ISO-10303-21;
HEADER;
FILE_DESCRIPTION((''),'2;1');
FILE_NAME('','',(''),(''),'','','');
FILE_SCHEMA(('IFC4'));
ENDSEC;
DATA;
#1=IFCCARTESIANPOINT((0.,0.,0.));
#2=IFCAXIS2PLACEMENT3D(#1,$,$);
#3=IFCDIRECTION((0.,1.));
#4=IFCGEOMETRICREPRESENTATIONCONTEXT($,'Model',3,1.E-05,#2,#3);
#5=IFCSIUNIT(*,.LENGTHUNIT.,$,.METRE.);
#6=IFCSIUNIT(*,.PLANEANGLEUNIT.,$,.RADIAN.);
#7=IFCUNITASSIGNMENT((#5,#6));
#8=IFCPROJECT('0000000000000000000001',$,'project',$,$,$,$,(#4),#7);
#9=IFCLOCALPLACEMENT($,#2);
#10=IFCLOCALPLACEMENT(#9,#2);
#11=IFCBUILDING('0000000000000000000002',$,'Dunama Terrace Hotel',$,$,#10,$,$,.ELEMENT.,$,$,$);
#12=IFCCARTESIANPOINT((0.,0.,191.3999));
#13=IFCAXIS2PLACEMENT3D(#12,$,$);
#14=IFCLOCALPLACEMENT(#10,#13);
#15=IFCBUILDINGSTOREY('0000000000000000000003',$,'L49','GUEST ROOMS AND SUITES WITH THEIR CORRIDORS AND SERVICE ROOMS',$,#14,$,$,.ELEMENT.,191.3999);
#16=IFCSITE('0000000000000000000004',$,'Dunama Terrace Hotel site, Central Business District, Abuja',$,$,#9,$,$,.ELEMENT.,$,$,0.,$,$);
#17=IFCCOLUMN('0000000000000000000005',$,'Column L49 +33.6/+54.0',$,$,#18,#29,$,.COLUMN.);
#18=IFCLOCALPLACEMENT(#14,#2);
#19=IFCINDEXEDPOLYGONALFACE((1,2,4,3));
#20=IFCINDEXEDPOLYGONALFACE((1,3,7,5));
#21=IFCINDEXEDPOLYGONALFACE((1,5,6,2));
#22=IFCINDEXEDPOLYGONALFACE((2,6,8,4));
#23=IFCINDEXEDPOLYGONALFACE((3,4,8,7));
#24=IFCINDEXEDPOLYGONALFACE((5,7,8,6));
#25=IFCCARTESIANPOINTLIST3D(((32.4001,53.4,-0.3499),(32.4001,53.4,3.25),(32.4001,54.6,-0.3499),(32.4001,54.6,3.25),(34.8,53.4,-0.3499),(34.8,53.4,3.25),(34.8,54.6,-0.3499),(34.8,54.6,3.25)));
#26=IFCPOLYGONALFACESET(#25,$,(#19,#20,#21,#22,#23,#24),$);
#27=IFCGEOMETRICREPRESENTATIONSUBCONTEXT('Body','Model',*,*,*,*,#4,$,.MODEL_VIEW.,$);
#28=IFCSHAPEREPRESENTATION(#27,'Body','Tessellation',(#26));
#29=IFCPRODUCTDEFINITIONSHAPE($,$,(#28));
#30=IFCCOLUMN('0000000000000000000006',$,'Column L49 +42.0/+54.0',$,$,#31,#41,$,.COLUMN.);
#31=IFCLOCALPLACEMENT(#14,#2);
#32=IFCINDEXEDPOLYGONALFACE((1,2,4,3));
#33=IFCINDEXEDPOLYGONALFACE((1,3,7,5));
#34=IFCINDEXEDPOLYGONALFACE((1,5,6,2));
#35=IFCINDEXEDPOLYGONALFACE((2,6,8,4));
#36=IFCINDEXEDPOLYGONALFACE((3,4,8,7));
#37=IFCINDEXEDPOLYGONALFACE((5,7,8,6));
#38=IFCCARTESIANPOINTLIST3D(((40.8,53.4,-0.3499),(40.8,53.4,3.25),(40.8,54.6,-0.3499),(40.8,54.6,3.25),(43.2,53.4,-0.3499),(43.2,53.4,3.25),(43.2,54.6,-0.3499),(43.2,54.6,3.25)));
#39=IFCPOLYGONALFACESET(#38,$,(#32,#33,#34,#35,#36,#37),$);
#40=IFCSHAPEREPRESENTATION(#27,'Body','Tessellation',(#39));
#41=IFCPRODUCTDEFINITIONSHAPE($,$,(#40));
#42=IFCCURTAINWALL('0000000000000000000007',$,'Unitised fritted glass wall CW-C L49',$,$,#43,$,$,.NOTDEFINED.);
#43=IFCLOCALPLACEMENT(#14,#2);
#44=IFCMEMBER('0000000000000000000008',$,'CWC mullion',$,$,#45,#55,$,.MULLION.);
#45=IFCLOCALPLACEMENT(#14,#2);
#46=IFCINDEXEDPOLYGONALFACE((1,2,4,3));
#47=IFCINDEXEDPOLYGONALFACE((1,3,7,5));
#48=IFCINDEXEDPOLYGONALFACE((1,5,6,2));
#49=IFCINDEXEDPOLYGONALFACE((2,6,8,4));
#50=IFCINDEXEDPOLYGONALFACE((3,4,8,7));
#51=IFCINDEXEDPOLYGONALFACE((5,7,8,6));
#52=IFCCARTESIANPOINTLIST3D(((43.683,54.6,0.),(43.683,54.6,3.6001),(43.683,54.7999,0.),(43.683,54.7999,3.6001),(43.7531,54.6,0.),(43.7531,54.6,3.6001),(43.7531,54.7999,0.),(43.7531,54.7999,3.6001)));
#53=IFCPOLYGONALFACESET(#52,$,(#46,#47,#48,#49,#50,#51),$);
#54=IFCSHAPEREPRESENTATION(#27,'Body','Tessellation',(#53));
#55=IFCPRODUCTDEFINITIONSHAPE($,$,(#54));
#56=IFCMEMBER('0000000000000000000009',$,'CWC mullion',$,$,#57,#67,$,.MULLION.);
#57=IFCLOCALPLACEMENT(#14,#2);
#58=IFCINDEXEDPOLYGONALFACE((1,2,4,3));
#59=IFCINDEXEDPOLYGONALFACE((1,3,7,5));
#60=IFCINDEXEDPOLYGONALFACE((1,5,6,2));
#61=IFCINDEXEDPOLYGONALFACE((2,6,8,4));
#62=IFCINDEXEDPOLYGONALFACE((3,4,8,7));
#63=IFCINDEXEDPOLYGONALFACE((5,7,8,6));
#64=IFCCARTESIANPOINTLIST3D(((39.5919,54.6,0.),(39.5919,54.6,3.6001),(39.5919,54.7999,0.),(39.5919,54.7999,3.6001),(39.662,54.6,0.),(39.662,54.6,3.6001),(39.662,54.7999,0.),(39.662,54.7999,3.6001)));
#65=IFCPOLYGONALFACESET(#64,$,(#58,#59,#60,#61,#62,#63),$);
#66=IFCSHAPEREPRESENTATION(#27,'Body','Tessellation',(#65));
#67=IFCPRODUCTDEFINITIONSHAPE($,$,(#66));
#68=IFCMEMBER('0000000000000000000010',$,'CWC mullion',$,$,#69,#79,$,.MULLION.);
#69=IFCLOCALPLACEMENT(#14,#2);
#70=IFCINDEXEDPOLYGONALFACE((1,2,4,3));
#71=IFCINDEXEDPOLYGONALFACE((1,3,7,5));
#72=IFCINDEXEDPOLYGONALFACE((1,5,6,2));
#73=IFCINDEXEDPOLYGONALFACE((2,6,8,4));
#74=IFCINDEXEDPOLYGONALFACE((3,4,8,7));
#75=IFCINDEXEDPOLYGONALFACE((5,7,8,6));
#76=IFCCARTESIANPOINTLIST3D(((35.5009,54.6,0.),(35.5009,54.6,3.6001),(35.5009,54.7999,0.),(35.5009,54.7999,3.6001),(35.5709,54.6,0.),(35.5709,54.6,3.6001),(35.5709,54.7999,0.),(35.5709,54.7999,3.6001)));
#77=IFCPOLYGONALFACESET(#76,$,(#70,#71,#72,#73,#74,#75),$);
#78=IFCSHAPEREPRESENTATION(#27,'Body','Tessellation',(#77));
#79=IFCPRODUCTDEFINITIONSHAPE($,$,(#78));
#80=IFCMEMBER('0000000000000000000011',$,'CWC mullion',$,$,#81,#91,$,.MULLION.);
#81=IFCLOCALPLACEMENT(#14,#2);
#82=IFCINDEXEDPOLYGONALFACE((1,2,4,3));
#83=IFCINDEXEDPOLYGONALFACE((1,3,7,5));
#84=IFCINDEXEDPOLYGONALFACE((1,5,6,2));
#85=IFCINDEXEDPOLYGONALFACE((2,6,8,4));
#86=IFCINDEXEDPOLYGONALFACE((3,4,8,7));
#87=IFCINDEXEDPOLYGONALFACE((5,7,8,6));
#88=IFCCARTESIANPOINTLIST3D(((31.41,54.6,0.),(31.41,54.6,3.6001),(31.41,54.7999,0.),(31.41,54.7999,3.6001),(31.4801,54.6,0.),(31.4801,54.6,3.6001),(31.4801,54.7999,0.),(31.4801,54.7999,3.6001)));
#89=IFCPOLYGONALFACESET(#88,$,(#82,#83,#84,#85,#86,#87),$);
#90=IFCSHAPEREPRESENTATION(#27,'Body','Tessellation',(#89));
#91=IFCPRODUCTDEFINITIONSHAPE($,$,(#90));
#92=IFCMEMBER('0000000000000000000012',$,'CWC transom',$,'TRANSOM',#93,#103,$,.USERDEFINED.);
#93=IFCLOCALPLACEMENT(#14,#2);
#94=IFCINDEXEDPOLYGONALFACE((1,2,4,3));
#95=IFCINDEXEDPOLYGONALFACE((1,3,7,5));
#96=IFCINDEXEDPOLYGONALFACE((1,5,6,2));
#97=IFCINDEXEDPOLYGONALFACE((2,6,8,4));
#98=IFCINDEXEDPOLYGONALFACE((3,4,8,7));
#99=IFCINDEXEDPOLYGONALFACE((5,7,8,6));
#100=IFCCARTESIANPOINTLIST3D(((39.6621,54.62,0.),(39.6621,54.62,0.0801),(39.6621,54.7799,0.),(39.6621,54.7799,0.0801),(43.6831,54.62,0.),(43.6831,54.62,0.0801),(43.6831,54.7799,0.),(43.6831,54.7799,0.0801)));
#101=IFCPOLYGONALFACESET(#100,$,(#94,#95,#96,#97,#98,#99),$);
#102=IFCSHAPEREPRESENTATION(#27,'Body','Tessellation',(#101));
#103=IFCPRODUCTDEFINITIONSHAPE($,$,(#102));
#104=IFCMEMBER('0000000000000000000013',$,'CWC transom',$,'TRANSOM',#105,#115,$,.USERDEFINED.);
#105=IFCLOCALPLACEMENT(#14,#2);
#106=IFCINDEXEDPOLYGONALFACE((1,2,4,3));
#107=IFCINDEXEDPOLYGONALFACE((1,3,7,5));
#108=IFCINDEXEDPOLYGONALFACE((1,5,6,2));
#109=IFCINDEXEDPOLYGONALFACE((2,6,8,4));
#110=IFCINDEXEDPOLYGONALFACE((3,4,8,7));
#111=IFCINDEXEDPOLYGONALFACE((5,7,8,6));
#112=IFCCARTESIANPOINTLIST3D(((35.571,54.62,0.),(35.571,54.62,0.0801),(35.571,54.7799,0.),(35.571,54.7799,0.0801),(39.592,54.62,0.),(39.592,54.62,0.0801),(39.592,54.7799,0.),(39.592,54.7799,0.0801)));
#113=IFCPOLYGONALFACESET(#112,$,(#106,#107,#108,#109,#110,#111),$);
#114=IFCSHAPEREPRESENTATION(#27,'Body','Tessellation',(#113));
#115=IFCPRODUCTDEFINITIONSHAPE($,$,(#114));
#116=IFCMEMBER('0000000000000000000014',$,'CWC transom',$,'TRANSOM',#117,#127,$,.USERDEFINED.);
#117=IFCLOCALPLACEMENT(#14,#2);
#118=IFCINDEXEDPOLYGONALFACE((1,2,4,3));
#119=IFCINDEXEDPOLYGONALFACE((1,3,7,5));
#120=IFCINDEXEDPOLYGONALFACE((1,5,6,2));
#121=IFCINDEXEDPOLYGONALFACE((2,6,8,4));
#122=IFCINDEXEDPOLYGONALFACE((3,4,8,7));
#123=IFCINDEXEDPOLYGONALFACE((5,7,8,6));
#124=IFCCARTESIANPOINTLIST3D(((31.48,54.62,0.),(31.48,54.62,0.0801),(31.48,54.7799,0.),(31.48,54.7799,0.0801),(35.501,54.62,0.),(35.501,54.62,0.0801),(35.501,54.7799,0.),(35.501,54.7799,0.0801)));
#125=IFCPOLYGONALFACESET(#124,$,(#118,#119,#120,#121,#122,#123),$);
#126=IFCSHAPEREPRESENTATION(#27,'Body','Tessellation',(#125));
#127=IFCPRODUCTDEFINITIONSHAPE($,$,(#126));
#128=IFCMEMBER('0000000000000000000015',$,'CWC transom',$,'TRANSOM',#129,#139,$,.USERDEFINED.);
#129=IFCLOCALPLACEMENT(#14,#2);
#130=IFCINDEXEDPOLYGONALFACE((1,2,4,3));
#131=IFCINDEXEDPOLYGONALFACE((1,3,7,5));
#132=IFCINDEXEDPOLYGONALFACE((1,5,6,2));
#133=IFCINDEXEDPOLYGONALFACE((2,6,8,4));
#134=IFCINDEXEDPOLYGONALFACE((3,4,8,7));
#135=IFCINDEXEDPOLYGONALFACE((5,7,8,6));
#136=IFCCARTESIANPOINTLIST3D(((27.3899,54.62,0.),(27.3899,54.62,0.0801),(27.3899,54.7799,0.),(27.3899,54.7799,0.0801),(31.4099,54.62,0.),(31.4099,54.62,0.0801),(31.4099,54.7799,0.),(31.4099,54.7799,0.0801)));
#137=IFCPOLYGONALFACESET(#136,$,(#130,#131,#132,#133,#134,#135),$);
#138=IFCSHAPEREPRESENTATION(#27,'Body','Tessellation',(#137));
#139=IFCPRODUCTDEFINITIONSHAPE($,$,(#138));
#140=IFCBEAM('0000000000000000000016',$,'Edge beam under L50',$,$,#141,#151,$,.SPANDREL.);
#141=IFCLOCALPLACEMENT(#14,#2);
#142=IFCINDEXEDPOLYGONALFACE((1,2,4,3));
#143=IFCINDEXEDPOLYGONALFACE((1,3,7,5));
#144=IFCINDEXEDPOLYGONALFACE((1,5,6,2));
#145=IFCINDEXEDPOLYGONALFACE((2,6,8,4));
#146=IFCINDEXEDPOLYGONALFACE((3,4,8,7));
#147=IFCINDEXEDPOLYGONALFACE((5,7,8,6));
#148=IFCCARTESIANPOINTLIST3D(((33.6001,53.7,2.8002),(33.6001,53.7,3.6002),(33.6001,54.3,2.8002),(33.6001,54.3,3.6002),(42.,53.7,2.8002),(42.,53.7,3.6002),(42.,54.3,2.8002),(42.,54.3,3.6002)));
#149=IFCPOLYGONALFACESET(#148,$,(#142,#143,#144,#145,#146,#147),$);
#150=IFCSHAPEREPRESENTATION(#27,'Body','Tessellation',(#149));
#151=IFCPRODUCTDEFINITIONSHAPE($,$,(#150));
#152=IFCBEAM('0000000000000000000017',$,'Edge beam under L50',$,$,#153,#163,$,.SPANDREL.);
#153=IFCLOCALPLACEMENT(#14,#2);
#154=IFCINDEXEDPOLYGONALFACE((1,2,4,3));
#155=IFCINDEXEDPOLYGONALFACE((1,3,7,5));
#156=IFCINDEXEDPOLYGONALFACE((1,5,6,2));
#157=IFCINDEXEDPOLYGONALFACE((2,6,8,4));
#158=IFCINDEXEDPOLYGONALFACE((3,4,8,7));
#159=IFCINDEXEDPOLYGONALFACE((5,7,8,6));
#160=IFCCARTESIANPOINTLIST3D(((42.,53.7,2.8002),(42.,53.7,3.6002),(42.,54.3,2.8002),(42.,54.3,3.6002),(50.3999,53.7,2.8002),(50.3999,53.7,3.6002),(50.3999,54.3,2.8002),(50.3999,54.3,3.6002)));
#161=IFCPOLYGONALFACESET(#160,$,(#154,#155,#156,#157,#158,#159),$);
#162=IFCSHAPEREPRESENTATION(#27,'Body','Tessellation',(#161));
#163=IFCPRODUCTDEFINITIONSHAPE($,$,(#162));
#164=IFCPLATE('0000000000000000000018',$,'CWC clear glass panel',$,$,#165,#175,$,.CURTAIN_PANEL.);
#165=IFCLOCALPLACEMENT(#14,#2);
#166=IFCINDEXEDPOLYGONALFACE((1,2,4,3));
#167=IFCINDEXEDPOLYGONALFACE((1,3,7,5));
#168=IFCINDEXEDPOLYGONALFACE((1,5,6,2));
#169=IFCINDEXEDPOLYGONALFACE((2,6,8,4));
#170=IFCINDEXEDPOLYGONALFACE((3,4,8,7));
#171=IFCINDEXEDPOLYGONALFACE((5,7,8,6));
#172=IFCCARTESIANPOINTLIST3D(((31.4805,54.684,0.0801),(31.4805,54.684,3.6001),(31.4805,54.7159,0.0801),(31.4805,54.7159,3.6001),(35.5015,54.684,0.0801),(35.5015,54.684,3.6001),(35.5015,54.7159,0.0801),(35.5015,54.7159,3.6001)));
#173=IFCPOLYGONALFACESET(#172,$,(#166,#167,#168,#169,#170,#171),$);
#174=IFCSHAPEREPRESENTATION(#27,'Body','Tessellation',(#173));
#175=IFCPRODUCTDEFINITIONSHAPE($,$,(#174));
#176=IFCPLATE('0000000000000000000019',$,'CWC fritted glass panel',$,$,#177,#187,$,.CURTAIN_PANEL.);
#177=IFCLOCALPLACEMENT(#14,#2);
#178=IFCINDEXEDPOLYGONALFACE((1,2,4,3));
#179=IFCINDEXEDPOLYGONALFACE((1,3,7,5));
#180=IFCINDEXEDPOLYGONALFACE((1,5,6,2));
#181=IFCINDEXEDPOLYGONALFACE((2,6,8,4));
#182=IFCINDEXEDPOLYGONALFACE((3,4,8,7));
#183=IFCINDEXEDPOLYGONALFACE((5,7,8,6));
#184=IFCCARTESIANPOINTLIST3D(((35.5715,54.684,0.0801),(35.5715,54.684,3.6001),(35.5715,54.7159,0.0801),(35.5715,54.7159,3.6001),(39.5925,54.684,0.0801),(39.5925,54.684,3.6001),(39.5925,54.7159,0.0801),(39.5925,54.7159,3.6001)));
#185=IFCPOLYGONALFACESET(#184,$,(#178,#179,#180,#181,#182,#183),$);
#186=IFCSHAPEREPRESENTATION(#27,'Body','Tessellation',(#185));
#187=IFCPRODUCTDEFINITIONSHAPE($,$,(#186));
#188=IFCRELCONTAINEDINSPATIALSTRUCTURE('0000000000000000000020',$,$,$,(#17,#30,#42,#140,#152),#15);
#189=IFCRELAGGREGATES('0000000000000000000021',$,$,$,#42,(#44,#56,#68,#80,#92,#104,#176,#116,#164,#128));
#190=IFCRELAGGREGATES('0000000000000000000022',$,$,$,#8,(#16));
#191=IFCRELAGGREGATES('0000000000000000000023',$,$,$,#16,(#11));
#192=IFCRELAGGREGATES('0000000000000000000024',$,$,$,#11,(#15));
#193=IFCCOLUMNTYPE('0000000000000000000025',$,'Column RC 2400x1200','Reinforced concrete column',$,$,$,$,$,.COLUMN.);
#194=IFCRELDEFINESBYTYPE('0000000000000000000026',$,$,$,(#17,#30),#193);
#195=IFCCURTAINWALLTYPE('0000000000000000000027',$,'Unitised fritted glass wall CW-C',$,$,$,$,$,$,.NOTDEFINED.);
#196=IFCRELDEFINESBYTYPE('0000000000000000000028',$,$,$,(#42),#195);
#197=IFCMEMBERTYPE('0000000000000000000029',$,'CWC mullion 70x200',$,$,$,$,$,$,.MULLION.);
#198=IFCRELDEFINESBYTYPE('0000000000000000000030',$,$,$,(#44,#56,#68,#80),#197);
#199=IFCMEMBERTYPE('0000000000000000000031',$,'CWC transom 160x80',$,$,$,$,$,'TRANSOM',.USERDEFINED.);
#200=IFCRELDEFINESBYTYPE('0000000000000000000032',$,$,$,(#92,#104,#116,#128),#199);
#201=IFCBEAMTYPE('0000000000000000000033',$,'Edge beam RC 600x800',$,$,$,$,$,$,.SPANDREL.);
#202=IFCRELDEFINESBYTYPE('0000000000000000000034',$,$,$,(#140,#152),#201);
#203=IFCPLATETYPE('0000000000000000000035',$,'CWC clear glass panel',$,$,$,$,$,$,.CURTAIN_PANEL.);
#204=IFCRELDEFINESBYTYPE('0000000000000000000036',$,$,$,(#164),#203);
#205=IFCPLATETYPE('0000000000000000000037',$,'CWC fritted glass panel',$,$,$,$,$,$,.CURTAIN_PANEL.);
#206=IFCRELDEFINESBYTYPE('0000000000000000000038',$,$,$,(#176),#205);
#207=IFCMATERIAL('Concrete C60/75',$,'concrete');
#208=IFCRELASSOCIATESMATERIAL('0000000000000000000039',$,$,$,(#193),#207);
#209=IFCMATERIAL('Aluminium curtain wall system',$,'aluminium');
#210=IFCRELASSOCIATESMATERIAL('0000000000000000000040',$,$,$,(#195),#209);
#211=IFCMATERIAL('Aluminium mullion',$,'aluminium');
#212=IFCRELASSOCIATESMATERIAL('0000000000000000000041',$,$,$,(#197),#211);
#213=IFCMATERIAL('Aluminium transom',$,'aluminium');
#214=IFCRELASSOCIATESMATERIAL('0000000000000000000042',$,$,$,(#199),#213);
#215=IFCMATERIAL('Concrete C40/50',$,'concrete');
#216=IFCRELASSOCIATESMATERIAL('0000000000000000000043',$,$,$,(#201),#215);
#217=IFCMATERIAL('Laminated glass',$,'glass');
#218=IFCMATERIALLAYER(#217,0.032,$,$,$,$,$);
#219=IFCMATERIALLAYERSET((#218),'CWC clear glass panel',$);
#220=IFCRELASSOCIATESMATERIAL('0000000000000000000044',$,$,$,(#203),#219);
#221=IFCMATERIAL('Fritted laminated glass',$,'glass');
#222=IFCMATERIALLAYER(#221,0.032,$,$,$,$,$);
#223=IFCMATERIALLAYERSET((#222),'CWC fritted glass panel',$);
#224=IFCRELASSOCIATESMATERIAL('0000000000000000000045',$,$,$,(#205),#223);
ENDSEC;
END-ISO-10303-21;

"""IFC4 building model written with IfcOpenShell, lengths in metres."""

from ifc_helpers import new_model, si_unit, direction, frame, origin, origin_2d, place, context, subcontext, project, spatial, rectangle, extrude, material, layer, layer_set, material_profile, profile_set, type_object, element, aggregate, save


model = new_model("IFC4")

# Units and contexts
model_context = context("Model", 3, precision=1e-05, world=origin(), true_north=direction((0.0, 1.0)))
body_context = subcontext(model_context, "Body", "Model", "MODEL_VIEW")
ifc_project = project(units=[si_unit("LENGTHUNIT", "METRE"), si_unit("PLANEANGLEUNIT", "RADIAN")], contexts=[model_context])

# Site, building, storey
site_placement = place(None, origin())
site = spatial("IfcSite", under=ifc_project, at=site_placement, Name="Dunama Terrace Hotel site, Central Business District, Abuja", CompositionType="ELEMENT", RefElevation=0.0)
building_placement = place(site_placement, origin())
building = spatial("IfcBuilding", under=site, at=building_placement, Name="Dunama Terrace Hotel", CompositionType="ELEMENT")
storey_placement = place(building_placement, frame((0.0, 0.0, 191.3999)))
storey = spatial("IfcBuildingStorey", under=building, at=storey_placement, Name="L49", Description="GUEST ROOMS AND SUITES WITH THEIR CORRIDORS AND SERVICE ROOMS", CompositionType="ELEMENT", Elevation=191.3999)

# Columns
ifc_material_1 = material(Name="Concrete C60/75", Category="concrete")
ifc_material_profile_1 = material_profile(ifc_material_1, rectangle(XDim=2.3999, YDim=1.2, at=origin_2d()), Name="RC 2400x1200")
ifc_profile_set_1 = profile_set([ifc_material_profile_1], Name="Concrete C60/75")
column_type = type_object("IfcColumnType", Name="Column RC 2400x1200", Description="Reinforced concrete column", PredefinedType="COLUMN", material=ifc_profile_set_1)
for number, where, z_axis, x_axis, name in (
    (1, (33.6001, 54.0, -0.3499), (0.0, 0.0, 1.0), (1.0, 0.0, 0.0), "Column L49 +33.6/+54.0"),
    (2, (42.0, 54.0, -0.3499), (0.0, 0.0, 1.0), (1.0, 0.0, 0.0), "Column L49 +42.0/+54.0"),
):
    element("IfcColumn", number, at=place(storey_placement, frame(where, z_axis=z_axis, x_axis=x_axis)), inside=storey, type_object=column_type, Name=name, PredefinedType="COLUMN", context=body_context, shape_type="SweptSolid", body=[
        extrude(rectangle(XDim=2.3999, YDim=1.2, at=origin_2d()), origin(), (0.0, 0.0, 1.0), 3.5999),
    ])

# Curtain wall, members
ifc_material_2 = material(Name="Aluminium curtain wall system", Category="aluminium")
curtain_wall_type = type_object("IfcCurtainWallType", Name="Unitised fritted glass wall CW-C", PredefinedType="NOTDEFINED", material=ifc_material_2)
curtain_wall_placement = place(storey_placement, origin())
curtain_wall = element("IfcCurtainWall", 3, at=curtain_wall_placement, inside=storey, type_object=curtain_wall_type, Name="Unitised fritted glass wall CW-C L49", PredefinedType="NOTDEFINED")
ifc_material_3 = material(Name="Aluminium mullion", Category="aluminium")
ifc_material_profile_2 = material_profile(ifc_material_3, rectangle(XDim=0.0701, YDim=0.2, at=origin_2d()), Name="CWC MULLION 70X200")
ifc_profile_set_2 = profile_set([ifc_material_profile_2], Name="Aluminium mullion")
member_type_1 = type_object("IfcMemberType", Name="CWC mullion 70x200", PredefinedType="MULLION", material=ifc_profile_set_2)
member_1_placement = place(storey_placement, frame((43.718, 54.7, 0.0), z_axis=(0.0, 0.0, 1.0), x_axis=(-1.0, 0.0, 0.0)))
member_1 = element("IfcMember", 4, at=member_1_placement, type_object=member_type_1, Name="CWC mullion", PredefinedType="MULLION", context=body_context, shape_type="SweptSolid", body=[
    extrude(rectangle(XDim=0.0701, YDim=0.2, at=origin_2d()), origin(), (0.0, 0.0, 1.0), 3.6001),
])
member_2_placement = place(storey_placement, frame((39.627, 54.7, 0.0), z_axis=(0.0, 0.0, 1.0), x_axis=(-1.0, 0.0, 0.0)))
member_2 = element("IfcMember", 5, at=member_2_placement, type_object=member_type_1, Name="CWC mullion", PredefinedType="MULLION", context=body_context, shape_type="SweptSolid", body=[
    extrude(rectangle(XDim=0.0701, YDim=0.2, at=origin_2d()), origin(), (0.0, 0.0, 1.0), 3.6001),
])
member_3_placement = place(storey_placement, frame((35.5359, 54.7, 0.0), z_axis=(0.0, 0.0, 1.0), x_axis=(-1.0, 0.0, 0.0)))
member_3 = element("IfcMember", 6, at=member_3_placement, type_object=member_type_1, Name="CWC mullion", PredefinedType="MULLION", context=body_context, shape_type="SweptSolid", body=[
    extrude(rectangle(XDim=0.0701, YDim=0.2, at=origin_2d()), origin(), (0.0, 0.0, 1.0), 3.6001),
])
member_4_placement = place(storey_placement, frame((31.4451, 54.7, 0.0), z_axis=(0.0, 0.0, 1.0), x_axis=(-1.0, 0.0, 0.0)))
member_4 = element("IfcMember", 7, at=member_4_placement, type_object=member_type_1, Name="CWC mullion", PredefinedType="MULLION", context=body_context, shape_type="SweptSolid", body=[
    extrude(rectangle(XDim=0.0701, YDim=0.2, at=origin_2d()), origin(), (0.0, 0.0, 1.0), 3.6001),
])
ifc_material_4 = material(Name="Aluminium transom", Category="aluminium")
ifc_material_profile_3 = material_profile(ifc_material_4, rectangle(XDim=0.1599, YDim=0.0801, at=origin_2d()), Name="CWC TRANSOM 160X80")
ifc_profile_set_3 = profile_set([ifc_material_profile_3], Name="Aluminium transom")
member_type_2 = type_object("IfcMemberType", Name="CWC transom 160x80", ElementType="TRANSOM", PredefinedType="USERDEFINED", material=ifc_profile_set_3)
member_5_placement = place(storey_placement, frame((43.6831, 54.7, 0.04), z_axis=(-1.0, 0.0, 0.0), x_axis=(0.0, -1.0, 0.0)))
member_5 = element("IfcMember", 8, at=member_5_placement, type_object=member_type_2, Name="CWC transom", ObjectType="TRANSOM", PredefinedType="USERDEFINED", context=body_context, shape_type="SweptSolid", body=[
    extrude(rectangle(XDim=0.1599, YDim=0.0801, at=origin_2d()), origin(), (0.0, 0.0, 1.0), 4.021),
])
member_6_placement = place(storey_placement, frame((39.592, 54.7, 0.04), z_axis=(-1.0, 0.0, 0.0), x_axis=(0.0, -1.0, 0.0)))
member_6 = element("IfcMember", 9, at=member_6_placement, type_object=member_type_2, Name="CWC transom", ObjectType="TRANSOM", PredefinedType="USERDEFINED", context=body_context, shape_type="SweptSolid", body=[
    extrude(rectangle(XDim=0.1599, YDim=0.0801, at=origin_2d()), origin(), (0.0, 0.0, 1.0), 4.021),
])
member_7_placement = place(storey_placement, frame((35.501, 54.7, 0.04), z_axis=(-1.0, 0.0, 0.0), x_axis=(0.0, -1.0, 0.0)))
member_7 = element("IfcMember", 10, at=member_7_placement, type_object=member_type_2, Name="CWC transom", ObjectType="TRANSOM", PredefinedType="USERDEFINED", context=body_context, shape_type="SweptSolid", body=[
    extrude(rectangle(XDim=0.1599, YDim=0.0801, at=origin_2d()), origin(), (0.0, 0.0, 1.0), 4.021),
])
member_8_placement = place(storey_placement, frame((31.4099, 54.7, 0.04), z_axis=(-1.0, 0.0, 0.0), x_axis=(0.0, -1.0, 0.0)))
member_8 = element("IfcMember", 11, at=member_8_placement, type_object=member_type_2, Name="CWC transom", ObjectType="TRANSOM", PredefinedType="USERDEFINED", context=body_context, shape_type="SweptSolid", body=[
    extrude(rectangle(XDim=0.1599, YDim=0.0801, at=origin_2d()), origin(), (0.0, 0.0, 1.0), 4.02),
])

# Beams
ifc_material_5 = material(Name="Concrete C40/50", Category="concrete")
ifc_material_profile_4 = material_profile(ifc_material_5, rectangle(XDim=0.6001, YDim=0.8, at=origin_2d()), Name="RC 600x800")
ifc_profile_set_4 = profile_set([ifc_material_profile_4], Name="Concrete C40/50")
beam_type = type_object("IfcBeamType", Name="Edge beam RC 600x800", PredefinedType="SPANDREL", material=ifc_profile_set_4)
for number, where, z_axis, x_axis, name in (
    (12, (33.6001, 54.0, 3.2002), (1.0, 0.0, 0.0), (0.0, 1.0, 0.0), "Edge beam under L50"),
    (13, (42.0, 54.0, 3.2002), (1.0, 0.0, 0.0), (0.0, 1.0, 0.0), "Edge beam under L50"),
):
    element("IfcBeam", number, at=place(storey_placement, frame(where, z_axis=z_axis, x_axis=x_axis)), inside=storey, type_object=beam_type, Name=name, PredefinedType="SPANDREL", context=body_context, shape_type="SweptSolid", body=[
        extrude(rectangle(XDim=0.6001, YDim=0.8, at=origin_2d()), origin(), (0.0, 0.0, 1.0), 8.3999),
    ])

# Plates
ifc_material_6 = material(Name="Laminated glass", Category="glass")
ifc_layer_1 = layer(ifc_material_6, 0.032)
ifc_layer_set_1 = layer_set([ifc_layer_1], Name="CWC clear glass panel")
plate_type_1 = type_object("IfcPlateType", Name="CWC clear glass panel", PredefinedType="CURTAIN_PANEL", material=ifc_layer_set_1)
plate_1_placement = place(storey_placement, frame((33.491, 54.7, 0.0801), z_axis=(0.0, 0.0, 1.0), x_axis=(-1.0, 0.0, 0.0)))
plate_1 = element("IfcPlate", 14, at=plate_1_placement, type_object=plate_type_1, Name="CWC clear glass panel", PredefinedType="CURTAIN_PANEL", context=body_context, shape_type="SweptSolid", body=[
    extrude(rectangle(XDim=4.021, YDim=0.032, at=origin_2d()), origin(), (0.0, 0.0, 1.0), 3.52),
])
ifc_material_7 = material(Name="Fritted laminated glass", Category="glass")
ifc_layer_2 = layer(ifc_material_7, 0.032)
ifc_layer_set_2 = layer_set([ifc_layer_2], Name="CWC fritted glass panel")
plate_type_2 = type_object("IfcPlateType", Name="CWC fritted glass panel", PredefinedType="CURTAIN_PANEL", material=ifc_layer_set_2)
plate_2_placement = place(storey_placement, frame((37.582, 54.7, 0.0801), z_axis=(0.0, 0.0, 1.0), x_axis=(-1.0, 0.0, 0.0)))
plate_2 = element("IfcPlate", 15, at=plate_2_placement, type_object=plate_type_2, Name="CWC fritted glass panel", PredefinedType="CURTAIN_PANEL", context=body_context, shape_type="SweptSolid", body=[
    extrude(rectangle(XDim=4.021, YDim=0.032, at=origin_2d()), origin(), (0.0, 0.0, 1.0), 3.52),
])
aggregate(curtain_wall, [member_1, member_2, member_3, member_4, member_5, member_6, plate_2, member_7, plate_1, member_8])

save(model, "model.ifc")
